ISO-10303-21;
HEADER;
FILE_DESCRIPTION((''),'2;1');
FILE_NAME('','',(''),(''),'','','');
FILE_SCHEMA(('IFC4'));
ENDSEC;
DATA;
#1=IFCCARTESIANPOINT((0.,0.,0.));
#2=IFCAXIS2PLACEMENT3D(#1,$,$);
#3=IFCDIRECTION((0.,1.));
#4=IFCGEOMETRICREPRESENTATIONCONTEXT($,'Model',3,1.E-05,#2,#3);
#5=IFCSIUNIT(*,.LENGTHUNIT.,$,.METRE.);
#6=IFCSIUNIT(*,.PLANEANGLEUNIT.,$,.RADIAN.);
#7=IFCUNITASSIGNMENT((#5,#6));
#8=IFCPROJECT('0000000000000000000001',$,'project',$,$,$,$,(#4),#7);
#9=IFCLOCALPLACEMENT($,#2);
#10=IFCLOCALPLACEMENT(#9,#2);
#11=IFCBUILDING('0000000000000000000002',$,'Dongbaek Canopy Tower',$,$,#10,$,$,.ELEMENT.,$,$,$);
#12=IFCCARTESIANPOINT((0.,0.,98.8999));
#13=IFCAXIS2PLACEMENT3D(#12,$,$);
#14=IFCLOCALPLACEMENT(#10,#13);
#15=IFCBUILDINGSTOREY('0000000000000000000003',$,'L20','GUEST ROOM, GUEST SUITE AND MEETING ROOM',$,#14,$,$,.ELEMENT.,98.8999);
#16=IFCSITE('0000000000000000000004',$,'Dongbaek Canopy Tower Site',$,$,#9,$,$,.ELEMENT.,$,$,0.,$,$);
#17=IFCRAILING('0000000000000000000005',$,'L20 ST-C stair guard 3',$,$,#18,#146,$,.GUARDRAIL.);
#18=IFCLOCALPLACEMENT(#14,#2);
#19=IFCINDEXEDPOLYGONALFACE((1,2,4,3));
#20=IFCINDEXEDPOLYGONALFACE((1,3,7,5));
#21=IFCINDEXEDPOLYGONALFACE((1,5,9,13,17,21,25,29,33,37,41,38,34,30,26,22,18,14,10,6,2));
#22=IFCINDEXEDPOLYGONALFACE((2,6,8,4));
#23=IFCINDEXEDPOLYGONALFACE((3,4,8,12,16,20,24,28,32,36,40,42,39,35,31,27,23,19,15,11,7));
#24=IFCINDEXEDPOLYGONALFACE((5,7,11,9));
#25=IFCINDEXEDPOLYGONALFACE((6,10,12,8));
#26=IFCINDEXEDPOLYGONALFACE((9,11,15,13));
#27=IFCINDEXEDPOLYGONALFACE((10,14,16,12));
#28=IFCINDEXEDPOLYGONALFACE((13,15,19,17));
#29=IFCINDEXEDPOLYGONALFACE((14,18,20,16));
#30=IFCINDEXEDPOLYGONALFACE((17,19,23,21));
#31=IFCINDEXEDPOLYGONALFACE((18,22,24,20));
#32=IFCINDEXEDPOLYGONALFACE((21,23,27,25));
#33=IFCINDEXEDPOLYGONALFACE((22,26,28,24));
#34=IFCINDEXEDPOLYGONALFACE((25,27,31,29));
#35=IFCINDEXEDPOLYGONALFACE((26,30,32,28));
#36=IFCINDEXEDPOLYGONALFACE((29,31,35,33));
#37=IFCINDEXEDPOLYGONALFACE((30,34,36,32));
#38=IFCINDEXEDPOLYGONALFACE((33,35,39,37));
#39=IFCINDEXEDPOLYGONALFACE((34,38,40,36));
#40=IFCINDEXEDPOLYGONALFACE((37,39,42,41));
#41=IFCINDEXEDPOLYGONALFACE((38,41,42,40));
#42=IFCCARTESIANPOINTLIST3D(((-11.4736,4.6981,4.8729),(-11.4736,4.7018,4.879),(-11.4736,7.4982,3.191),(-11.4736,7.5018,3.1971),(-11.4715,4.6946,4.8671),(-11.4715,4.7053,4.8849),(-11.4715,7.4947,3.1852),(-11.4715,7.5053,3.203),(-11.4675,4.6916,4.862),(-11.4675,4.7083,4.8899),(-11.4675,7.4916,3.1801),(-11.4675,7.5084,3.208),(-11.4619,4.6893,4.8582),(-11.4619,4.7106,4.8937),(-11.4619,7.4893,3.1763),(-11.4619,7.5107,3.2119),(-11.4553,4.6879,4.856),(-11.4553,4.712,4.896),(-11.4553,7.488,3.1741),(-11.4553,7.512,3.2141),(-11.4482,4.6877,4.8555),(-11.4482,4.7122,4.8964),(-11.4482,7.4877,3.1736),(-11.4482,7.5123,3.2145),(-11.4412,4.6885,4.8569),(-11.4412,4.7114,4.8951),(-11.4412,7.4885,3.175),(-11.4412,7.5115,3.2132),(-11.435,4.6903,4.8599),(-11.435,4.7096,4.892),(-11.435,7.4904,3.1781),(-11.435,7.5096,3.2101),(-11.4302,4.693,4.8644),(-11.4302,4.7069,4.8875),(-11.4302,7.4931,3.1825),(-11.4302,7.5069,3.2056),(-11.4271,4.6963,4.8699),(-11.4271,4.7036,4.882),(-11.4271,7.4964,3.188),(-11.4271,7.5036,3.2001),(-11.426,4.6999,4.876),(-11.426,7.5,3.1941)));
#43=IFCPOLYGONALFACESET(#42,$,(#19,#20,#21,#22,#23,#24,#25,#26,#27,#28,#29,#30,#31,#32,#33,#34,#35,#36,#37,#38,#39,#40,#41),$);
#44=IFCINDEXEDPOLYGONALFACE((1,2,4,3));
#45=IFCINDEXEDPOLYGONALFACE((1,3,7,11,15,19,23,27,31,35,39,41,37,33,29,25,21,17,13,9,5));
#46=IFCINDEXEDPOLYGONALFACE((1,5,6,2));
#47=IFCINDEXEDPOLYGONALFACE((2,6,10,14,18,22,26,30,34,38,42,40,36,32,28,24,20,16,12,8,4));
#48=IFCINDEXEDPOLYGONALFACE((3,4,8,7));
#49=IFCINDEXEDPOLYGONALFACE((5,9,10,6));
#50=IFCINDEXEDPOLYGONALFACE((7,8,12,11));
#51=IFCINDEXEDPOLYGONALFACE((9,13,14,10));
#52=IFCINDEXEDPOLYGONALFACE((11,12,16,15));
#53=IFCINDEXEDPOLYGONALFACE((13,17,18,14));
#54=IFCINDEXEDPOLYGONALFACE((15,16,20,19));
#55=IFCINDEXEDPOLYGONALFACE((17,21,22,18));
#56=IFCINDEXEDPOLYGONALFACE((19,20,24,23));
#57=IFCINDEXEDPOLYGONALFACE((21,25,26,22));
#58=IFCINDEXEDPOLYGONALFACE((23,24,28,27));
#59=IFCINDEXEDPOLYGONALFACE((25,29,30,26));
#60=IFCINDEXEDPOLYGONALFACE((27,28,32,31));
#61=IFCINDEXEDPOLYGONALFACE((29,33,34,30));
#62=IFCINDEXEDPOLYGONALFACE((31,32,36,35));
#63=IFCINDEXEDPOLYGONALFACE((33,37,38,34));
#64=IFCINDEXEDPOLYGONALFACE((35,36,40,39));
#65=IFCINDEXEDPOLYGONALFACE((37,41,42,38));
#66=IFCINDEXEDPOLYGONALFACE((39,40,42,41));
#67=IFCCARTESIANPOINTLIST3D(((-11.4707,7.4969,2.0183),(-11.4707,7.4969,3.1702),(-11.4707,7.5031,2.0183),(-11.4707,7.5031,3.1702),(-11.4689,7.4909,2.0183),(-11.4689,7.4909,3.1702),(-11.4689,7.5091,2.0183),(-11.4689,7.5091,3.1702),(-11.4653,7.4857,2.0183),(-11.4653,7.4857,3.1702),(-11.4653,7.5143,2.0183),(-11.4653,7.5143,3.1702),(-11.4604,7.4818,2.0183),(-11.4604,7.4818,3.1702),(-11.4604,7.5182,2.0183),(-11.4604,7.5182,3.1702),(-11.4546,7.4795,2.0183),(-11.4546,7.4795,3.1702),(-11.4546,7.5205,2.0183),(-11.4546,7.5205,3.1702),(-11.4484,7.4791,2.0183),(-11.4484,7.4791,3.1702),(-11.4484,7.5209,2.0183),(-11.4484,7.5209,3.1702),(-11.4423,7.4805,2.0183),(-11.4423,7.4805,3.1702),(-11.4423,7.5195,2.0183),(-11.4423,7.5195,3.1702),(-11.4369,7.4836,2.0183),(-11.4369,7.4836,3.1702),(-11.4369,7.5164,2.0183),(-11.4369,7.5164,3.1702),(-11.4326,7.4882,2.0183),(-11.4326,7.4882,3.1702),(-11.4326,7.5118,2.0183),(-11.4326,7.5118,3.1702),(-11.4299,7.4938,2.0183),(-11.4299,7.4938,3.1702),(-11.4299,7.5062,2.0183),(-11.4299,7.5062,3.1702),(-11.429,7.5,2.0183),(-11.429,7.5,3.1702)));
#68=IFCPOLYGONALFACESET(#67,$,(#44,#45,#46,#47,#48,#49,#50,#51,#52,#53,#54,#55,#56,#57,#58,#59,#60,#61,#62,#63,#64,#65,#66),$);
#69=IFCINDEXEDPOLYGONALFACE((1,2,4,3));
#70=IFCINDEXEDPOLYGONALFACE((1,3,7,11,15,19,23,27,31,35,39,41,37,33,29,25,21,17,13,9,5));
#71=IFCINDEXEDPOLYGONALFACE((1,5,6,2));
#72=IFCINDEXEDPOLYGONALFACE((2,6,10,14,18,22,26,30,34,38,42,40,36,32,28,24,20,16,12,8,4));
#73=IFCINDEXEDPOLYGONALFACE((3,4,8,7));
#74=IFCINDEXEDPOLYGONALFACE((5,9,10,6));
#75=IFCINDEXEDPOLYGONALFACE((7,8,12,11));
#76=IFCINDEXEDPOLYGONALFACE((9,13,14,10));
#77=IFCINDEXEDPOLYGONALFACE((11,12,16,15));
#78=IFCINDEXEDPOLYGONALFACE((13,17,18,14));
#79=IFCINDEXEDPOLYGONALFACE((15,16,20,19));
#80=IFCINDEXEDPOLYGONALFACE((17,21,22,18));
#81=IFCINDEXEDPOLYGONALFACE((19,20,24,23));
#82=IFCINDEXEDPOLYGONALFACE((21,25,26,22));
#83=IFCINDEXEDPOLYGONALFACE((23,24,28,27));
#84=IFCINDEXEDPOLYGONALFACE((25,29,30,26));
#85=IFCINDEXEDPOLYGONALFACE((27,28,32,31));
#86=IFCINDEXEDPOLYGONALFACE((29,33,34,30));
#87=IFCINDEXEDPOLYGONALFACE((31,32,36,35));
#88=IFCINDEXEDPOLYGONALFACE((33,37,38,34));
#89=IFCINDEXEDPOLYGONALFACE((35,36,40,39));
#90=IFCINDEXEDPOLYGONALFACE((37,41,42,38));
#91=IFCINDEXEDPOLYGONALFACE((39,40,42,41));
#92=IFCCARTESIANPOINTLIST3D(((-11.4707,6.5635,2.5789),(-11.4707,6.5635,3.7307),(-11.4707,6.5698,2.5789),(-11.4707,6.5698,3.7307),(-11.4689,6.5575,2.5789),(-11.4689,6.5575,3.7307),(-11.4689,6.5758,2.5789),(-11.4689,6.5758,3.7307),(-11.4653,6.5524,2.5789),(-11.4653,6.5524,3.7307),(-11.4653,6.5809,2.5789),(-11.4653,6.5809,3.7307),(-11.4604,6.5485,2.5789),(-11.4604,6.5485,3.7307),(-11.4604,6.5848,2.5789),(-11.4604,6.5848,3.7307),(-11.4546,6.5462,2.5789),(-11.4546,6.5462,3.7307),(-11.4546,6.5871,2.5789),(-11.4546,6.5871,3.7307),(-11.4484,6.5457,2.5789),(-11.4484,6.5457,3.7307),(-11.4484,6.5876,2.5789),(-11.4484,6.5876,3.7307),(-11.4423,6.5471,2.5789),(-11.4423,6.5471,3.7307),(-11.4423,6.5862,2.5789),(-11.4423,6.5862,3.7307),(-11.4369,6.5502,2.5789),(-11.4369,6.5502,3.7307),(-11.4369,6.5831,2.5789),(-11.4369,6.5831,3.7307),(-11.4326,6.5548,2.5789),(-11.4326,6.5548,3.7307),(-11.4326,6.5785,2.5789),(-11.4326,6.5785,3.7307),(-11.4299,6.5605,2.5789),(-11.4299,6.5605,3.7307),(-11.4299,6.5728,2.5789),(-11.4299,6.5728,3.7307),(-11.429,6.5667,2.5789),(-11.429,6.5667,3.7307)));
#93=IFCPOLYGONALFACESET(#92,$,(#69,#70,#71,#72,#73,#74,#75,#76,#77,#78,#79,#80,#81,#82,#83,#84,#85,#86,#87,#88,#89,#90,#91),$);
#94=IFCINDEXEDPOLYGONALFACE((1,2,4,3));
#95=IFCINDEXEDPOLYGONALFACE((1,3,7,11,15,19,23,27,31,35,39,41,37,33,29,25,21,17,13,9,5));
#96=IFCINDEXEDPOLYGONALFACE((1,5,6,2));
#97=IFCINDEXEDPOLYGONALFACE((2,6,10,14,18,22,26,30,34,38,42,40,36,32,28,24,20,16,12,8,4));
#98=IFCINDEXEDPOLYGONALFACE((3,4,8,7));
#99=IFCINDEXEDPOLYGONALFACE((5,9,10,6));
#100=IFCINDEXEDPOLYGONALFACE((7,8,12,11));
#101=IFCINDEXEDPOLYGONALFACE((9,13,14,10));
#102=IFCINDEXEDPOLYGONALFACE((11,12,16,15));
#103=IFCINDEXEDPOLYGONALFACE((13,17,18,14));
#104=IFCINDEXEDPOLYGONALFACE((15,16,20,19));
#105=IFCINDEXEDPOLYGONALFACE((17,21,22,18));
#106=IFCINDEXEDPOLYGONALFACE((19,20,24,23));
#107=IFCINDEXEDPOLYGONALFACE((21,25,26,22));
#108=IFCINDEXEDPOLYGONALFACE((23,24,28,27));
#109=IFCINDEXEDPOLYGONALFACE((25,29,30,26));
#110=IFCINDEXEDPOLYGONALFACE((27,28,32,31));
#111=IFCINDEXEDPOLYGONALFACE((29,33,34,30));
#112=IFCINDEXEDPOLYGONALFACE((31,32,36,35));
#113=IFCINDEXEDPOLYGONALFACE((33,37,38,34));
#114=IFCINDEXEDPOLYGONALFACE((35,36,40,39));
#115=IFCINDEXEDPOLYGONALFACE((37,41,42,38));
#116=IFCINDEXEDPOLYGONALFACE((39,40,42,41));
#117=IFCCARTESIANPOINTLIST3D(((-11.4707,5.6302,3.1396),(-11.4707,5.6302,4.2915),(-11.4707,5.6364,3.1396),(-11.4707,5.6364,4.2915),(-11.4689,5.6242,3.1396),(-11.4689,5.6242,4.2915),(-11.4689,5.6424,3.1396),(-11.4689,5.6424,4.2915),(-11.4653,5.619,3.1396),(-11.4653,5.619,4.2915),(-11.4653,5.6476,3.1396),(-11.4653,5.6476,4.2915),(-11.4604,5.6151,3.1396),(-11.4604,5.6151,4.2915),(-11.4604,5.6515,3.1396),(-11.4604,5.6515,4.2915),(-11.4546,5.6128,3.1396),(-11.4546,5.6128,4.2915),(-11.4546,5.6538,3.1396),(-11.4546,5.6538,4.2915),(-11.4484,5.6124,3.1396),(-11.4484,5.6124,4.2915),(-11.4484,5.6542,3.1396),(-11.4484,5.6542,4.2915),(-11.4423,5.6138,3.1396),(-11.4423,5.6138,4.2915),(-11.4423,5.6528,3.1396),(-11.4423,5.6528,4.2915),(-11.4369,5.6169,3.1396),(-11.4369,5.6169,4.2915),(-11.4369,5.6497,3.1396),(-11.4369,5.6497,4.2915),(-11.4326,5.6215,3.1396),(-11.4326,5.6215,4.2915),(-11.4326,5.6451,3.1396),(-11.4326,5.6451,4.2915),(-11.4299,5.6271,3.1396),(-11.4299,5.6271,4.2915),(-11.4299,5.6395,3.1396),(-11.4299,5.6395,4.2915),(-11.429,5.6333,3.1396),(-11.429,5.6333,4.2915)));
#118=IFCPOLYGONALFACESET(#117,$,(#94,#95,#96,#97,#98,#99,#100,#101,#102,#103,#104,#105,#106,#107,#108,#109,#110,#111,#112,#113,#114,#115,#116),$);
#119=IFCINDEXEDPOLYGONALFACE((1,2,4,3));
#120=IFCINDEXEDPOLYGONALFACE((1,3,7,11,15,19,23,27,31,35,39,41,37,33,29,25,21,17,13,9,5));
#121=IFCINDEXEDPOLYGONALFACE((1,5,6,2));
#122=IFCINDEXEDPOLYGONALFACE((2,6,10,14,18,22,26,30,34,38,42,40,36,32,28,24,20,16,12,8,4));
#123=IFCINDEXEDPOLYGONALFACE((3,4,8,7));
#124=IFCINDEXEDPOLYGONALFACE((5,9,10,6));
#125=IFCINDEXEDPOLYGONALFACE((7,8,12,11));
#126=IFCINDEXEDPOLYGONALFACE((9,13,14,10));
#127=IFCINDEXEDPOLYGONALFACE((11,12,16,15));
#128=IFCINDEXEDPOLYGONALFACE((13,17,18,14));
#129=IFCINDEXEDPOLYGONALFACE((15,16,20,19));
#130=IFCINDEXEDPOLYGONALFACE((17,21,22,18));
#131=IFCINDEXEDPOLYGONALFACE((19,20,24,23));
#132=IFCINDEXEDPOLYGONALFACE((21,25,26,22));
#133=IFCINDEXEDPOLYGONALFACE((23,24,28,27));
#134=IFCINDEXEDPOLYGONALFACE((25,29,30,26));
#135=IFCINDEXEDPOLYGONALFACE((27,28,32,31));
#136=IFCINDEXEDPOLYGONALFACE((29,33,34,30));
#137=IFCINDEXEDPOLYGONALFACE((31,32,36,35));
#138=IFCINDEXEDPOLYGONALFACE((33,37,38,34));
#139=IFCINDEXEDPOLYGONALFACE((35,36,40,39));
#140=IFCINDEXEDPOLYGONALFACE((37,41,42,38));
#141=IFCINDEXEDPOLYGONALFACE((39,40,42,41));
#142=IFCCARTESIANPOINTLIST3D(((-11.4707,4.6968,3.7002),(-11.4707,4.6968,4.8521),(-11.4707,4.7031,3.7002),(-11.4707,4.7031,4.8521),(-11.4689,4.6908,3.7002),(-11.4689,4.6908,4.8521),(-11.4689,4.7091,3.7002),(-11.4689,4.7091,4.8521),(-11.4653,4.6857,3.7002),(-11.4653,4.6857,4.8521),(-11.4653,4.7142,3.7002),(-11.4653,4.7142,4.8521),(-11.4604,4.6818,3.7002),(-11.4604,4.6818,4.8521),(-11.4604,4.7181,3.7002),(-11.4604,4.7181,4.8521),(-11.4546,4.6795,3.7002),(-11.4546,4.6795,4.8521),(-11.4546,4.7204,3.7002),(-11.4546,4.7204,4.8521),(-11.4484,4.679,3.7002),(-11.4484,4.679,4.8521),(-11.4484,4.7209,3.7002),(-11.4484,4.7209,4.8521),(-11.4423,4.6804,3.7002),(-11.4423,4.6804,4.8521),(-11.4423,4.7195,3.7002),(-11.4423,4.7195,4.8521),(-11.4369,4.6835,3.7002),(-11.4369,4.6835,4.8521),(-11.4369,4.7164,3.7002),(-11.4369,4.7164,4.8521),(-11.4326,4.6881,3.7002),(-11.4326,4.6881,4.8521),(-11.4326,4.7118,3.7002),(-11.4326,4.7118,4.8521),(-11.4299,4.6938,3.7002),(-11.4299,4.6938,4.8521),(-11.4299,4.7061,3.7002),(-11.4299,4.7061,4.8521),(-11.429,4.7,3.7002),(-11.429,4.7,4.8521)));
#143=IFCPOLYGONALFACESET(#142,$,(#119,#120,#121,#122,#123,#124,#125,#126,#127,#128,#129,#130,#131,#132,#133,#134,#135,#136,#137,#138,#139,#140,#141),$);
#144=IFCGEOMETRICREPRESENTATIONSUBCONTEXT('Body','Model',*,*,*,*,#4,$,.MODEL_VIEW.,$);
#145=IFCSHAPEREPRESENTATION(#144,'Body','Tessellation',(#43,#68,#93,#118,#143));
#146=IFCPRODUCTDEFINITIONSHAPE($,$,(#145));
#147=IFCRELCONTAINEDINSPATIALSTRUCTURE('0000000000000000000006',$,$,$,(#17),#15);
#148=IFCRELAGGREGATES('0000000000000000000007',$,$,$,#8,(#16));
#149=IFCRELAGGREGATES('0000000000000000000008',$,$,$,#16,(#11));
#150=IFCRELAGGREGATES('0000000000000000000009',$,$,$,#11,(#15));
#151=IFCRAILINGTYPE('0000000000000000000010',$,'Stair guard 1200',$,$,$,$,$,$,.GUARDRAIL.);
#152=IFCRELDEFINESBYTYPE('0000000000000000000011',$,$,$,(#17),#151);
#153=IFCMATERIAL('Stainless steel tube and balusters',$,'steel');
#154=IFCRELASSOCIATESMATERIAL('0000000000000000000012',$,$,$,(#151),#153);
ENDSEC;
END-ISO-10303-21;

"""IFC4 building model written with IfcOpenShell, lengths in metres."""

from ifc_helpers import new_model, si_unit, direction, frame, origin, origin_2d, place, context, subcontext, project, spatial, circle, extrude, material, type_object, element, save


model = new_model("IFC4")

# Units and contexts
model_context = context("Model", 3, precision=1e-05, world=origin(), true_north=direction((0.0, 1.0)))
body_context = subcontext(model_context, "Body", "Model", "MODEL_VIEW")
ifc_project = project(units=[si_unit("LENGTHUNIT", "METRE"), si_unit("PLANEANGLEUNIT", "RADIAN")], contexts=[model_context])

# Site, building, storey
site_placement = place(None, origin())
site = spatial("IfcSite", under=ifc_project, at=site_placement, Name="Dongbaek Canopy Tower Site", CompositionType="ELEMENT", RefElevation=0.0)
building_placement = place(site_placement, origin())
building = spatial("IfcBuilding", under=site, at=building_placement, Name="Dongbaek Canopy Tower", CompositionType="ELEMENT")
storey_placement = place(building_placement, frame((0.0, 0.0, 98.8999)))
storey = spatial("IfcBuildingStorey", under=building, at=storey_placement, Name="L20", Description="GUEST ROOM, GUEST SUITE AND MEETING ROOM", CompositionType="ELEMENT", Elevation=98.8999)

# Railing
ifc_material_1 = material(Name="Stainless steel tube and balusters", Category="steel")
railing_type_1 = type_object("IfcRailingType", Name="Stair guard 1200", PredefinedType="GUARDRAIL", material=ifc_material_1)
railing_1_placement = place(storey_placement, frame((-11.45, 7.5, 2.0183)))
element("IfcRailing", 1, at=railing_1_placement, inside=storey, type_object=railing_type_1, Name="L20 ST-C stair guard 3", PredefinedType="GUARDRAIL", context=body_context, shape_type="SweptSolid", body=[
    extrude(circle(Radius=0.0239, at=origin_2d()), frame((0.0, 0.0, 1.1758), z_axis=(0.0, -0.857242, 0.514913), x_axis=(1.0, 0.0, 0.0)), (0.0, 0.0, 1.0), 3.2664),
    extrude(circle(Radius=0.021, at=origin_2d()), origin(), (0.0, 0.0, 1.0), 1.1519),
    extrude(circle(Radius=0.021, at=origin_2d()), frame((0.0, -0.9333, 0.5605)), (0.0, 0.0, 1.0), 1.1519),
    extrude(circle(Radius=0.021, at=origin_2d()), frame((0.0, -1.8667, 1.1213)), (0.0, 0.0, 1.0), 1.1519),
    extrude(circle(Radius=0.021, at=origin_2d()), frame((0.0, -2.8, 1.6819)), (0.0, 0.0, 1.0), 1.1519),
])

save(model, "model.ifc")
